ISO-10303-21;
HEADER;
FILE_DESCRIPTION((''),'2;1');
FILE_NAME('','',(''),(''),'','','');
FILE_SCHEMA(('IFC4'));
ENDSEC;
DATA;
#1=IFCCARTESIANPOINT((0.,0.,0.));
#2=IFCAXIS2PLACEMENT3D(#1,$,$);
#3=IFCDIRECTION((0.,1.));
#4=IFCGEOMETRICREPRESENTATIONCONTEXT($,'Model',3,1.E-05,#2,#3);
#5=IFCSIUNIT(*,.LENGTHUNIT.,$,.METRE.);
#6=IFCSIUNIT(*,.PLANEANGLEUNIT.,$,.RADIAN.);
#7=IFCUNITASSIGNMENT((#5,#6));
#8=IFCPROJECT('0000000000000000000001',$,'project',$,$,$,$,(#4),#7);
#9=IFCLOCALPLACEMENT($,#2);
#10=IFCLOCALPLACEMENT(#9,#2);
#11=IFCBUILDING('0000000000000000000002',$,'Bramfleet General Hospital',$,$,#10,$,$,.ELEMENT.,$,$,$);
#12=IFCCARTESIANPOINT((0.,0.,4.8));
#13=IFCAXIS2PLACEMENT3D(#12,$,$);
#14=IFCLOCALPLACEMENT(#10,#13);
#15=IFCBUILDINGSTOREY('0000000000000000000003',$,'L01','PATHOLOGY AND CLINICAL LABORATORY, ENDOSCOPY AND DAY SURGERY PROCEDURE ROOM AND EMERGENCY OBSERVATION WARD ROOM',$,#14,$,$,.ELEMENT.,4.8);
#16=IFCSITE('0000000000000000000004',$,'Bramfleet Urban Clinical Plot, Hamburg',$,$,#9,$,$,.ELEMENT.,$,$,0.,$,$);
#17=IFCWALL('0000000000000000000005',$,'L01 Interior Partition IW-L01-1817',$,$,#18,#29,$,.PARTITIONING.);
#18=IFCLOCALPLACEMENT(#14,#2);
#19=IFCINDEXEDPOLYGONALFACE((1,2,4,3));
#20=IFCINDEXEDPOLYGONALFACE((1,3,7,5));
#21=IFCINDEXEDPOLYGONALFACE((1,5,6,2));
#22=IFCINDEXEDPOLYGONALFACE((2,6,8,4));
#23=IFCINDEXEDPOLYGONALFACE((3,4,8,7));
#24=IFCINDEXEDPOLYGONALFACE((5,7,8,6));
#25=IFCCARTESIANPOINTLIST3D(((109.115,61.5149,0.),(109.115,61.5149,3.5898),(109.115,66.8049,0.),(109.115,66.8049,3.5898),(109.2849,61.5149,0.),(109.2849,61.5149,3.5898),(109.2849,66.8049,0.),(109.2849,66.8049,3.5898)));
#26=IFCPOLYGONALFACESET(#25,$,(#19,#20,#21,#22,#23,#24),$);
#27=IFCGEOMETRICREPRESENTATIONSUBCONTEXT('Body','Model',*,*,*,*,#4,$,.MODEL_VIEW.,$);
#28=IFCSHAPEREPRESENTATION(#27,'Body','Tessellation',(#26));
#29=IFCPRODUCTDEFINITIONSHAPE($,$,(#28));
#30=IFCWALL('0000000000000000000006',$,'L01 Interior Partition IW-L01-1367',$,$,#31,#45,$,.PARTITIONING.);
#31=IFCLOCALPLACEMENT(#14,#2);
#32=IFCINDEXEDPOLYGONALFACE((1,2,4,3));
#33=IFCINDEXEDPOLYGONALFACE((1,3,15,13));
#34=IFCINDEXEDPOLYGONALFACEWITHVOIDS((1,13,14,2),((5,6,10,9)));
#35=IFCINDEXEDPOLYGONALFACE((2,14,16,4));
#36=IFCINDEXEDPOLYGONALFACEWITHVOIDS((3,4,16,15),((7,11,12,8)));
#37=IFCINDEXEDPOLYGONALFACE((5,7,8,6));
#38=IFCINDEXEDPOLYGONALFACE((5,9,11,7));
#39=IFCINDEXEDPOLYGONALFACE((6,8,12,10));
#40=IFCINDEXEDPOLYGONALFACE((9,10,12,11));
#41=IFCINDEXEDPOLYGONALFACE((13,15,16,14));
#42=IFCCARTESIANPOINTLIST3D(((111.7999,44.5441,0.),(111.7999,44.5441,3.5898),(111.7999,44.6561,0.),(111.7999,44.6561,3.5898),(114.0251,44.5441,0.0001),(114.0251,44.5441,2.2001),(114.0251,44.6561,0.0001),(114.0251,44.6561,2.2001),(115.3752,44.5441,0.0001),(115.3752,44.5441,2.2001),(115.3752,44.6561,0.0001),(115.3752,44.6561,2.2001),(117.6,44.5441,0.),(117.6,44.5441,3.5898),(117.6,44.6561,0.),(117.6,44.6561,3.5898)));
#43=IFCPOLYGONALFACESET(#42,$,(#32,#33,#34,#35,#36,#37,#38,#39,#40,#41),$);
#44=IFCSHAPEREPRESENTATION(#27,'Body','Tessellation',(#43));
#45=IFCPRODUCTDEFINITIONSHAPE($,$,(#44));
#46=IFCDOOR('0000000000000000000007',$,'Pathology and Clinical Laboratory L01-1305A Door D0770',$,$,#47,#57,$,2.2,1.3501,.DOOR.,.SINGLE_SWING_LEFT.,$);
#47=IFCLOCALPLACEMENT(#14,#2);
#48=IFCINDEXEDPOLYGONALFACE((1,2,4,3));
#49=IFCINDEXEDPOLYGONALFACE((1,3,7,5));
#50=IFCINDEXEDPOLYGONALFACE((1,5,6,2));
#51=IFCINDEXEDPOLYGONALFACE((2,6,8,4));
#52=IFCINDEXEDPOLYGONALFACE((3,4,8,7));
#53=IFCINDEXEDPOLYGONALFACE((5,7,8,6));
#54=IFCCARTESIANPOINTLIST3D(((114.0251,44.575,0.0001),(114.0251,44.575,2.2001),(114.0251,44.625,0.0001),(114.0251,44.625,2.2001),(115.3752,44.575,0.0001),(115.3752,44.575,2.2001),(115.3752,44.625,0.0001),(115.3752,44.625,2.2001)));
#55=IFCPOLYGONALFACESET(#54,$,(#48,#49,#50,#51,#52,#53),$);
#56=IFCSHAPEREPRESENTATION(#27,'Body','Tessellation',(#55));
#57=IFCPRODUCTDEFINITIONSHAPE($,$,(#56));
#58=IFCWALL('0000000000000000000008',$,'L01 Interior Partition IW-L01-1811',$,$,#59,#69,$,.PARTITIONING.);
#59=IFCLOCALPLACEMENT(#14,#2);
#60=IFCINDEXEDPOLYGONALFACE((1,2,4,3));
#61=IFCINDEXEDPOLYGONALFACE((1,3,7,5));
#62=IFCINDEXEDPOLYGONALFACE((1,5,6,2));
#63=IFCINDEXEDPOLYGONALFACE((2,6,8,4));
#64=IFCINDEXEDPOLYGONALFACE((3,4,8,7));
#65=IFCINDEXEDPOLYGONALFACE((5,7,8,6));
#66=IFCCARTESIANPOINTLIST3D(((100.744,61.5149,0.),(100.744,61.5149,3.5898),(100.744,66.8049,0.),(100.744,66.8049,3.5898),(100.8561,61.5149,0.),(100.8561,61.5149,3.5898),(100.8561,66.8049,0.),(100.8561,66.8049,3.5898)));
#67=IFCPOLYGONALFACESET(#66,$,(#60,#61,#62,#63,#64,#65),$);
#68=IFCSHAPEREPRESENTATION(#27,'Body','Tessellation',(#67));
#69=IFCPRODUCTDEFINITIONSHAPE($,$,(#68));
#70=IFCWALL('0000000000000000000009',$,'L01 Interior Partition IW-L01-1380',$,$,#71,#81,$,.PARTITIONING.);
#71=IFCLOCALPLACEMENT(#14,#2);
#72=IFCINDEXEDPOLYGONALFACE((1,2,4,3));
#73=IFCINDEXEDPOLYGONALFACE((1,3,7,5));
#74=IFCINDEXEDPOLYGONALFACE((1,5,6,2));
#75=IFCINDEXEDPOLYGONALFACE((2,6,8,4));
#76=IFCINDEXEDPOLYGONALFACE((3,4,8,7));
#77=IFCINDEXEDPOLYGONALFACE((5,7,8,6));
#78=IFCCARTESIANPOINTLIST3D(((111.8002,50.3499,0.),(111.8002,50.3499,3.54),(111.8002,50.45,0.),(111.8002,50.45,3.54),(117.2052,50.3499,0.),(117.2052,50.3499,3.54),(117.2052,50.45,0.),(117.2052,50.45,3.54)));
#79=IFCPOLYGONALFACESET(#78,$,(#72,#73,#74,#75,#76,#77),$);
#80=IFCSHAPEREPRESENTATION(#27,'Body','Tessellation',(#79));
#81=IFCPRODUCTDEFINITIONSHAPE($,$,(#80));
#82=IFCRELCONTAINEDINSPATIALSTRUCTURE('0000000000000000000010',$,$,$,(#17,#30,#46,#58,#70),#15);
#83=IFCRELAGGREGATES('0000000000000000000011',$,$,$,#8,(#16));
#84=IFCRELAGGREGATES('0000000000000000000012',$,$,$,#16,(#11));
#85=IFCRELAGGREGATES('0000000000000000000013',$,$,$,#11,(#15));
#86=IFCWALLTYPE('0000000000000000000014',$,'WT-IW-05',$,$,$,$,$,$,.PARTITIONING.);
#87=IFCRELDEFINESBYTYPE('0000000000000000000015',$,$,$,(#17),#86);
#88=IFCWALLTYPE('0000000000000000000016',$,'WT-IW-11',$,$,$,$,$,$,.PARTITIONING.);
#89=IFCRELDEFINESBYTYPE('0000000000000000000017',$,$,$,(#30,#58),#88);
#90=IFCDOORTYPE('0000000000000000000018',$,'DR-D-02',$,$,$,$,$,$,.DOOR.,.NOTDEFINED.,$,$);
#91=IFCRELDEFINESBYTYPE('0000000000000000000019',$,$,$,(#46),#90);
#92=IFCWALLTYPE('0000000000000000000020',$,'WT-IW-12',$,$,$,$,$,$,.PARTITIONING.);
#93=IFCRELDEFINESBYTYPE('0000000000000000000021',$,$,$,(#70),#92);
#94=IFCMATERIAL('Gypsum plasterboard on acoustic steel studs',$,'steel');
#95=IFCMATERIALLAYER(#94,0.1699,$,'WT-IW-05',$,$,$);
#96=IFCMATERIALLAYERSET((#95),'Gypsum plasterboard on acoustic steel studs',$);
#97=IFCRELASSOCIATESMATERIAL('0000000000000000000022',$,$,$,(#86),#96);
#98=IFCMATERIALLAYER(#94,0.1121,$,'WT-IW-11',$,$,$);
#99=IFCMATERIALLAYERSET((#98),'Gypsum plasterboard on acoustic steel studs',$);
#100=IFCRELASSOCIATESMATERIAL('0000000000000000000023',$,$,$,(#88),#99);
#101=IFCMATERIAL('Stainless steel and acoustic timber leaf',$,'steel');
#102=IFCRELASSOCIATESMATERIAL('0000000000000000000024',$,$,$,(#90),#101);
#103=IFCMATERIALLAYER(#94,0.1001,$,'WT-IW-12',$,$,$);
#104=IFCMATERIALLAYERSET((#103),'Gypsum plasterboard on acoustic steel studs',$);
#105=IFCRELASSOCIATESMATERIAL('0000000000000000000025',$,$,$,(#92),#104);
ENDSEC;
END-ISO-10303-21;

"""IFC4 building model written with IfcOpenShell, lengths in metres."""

from ifc_helpers import new_model, si_unit, direction, frame, frame_2d, origin, place, context, subcontext, project, spatial, rectangle, extrude, material, layer, layer_set, type_object, element, fill, save


model = new_model("IFC4")

# Units and contexts
model_context = context("Model", 3, precision=1e-05, world=origin(), true_north=direction((0.0, 1.0)))
body_context = subcontext(model_context, "Body", "Model", "MODEL_VIEW")
ifc_project = project(units=[si_unit("LENGTHUNIT", "METRE"), si_unit("PLANEANGLEUNIT", "RADIAN")], contexts=[model_context])

# Site, building, storey
site_placement = place(None, origin())
site = spatial("IfcSite", under=ifc_project, at=site_placement, Name="Bramfleet Urban Clinical Plot, Hamburg", CompositionType="ELEMENT", RefElevation=0.0)
building_placement = place(site_placement, origin())
building = spatial("IfcBuilding", under=site, at=building_placement, Name="Bramfleet General Hospital", CompositionType="ELEMENT")
storey_placement = place(building_placement, frame((0.0, 0.0, 4.8)))
storey = spatial("IfcBuildingStorey", under=building, at=storey_placement, Name="L01", Description="PATHOLOGY AND CLINICAL LABORATORY, ENDOSCOPY AND DAY SURGERY PROCEDURE ROOM AND EMERGENCY OBSERVATION WARD ROOM", CompositionType="ELEMENT", Elevation=4.8)

# Shared definitions
ifc_material_1 = material(Name="Stainless steel and acoustic timber leaf", Category="steel")

# Wall
ifc_material_2 = material(Name="Gypsum plasterboard on acoustic steel studs", Category="steel")
ifc_layer_1 = layer(ifc_material_2, 0.1699, Name="WT-IW-05")
ifc_layer_set_1 = layer_set([ifc_layer_1], Name="Gypsum plasterboard on acoustic steel studs")
wall_type_1 = type_object("IfcWallType", Name="WT-IW-05", PredefinedType="PARTITIONING", material=ifc_layer_set_1)
wall_1_placement = place(storey_placement, frame((109.2, 61.5149, 0.0), z_axis=(0.0, 0.0, 1.0), x_axis=(0.0, 1.0, 0.0)))
element("IfcWall", 1, at=wall_1_placement, inside=storey, type_object=wall_type_1, Name="L01 Interior Partition IW-L01-1817", PredefinedType="PARTITIONING", context=body_context, shape_type="SweptSolid", body=[
    extrude(rectangle(XDim=5.29, YDim=0.1699, at=frame_2d((2.645, 0.0))), origin(), (0.0, 0.0, 1.0), 3.5898),
])

# Wall, opening, door
ifc_layer_2 = layer(ifc_material_2, 0.1121, Name="WT-IW-11")
ifc_layer_set_2 = layer_set([ifc_layer_2], Name="Gypsum plasterboard on acoustic steel studs")
wall_type_2 = type_object("IfcWallType", Name="WT-IW-11", PredefinedType="PARTITIONING", material=ifc_layer_set_2)
wall_2_placement = place(storey_placement, frame((111.8, 44.6001, 0.0), z_axis=(0.0, 0.0, 1.0), x_axis=(1.0, 0.0, 0.0)))
wall_2 = element("IfcWall", 2, at=wall_2_placement, inside=storey, type_object=wall_type_2, Name="L01 Interior Partition IW-L01-1367", PredefinedType="PARTITIONING", context=body_context, shape_type="SweptSolid", body=[
    extrude(rectangle(XDim=5.8, YDim=0.1121, at=frame_2d((2.8999, 0.0))), origin(), (0.0, 0.0, 1.0), 3.5898),
])
opening_1_placement = place(wall_2_placement, frame((2.2251, 0.0, 0.0)))
opening_1 = element("IfcOpeningElement", 3, at=opening_1_placement, cuts=wall_2, PredefinedType="OPENING", context=body_context, shape_type="SweptSolid", body=[
    extrude(rectangle(XDim=1.3501, YDim=2.2, at=frame_2d((0.675, 1.1001))), frame((0.0, 0.0659, 0.0), z_axis=(0.0, -1.0, 0.0), x_axis=(1.0, 0.0, 0.0)), (0.0, 0.0, 1.0), 0.1321),
])
door_type_1 = type_object("IfcDoorType", Name="DR-D-02", OperationType="NOTDEFINED", PredefinedType="DOOR", material=ifc_material_1)
door_1_placement = place(opening_1_placement, origin())
door_1 = element("IfcDoor", 4, at=door_1_placement, inside=storey, type_object=door_type_1, Name="Pathology and Clinical Laboratory L01-1305A Door D0770", OperationType="SINGLE_SWING_LEFT", OverallHeight=2.2, OverallWidth=1.3501, PredefinedType="DOOR", context=body_context, shape_type="SweptSolid", body=[
    extrude(rectangle(XDim=1.3501, YDim=2.2, at=frame_2d((0.675, 1.1001))), frame((0.0, 0.0249, 0.0), z_axis=(0.0, -1.0, 0.0), x_axis=(1.0, 0.0, 0.0)), (0.0, 0.0, 1.0), 0.05),
])
fill(opening_1, door_1)

# Walls
wall_3_placement = place(storey_placement, frame((100.8, 61.5149, 0.0), z_axis=(0.0, 0.0, 1.0), x_axis=(0.0, 1.0, 0.0)))
element("IfcWall", 5, at=wall_3_placement, inside=storey, type_object=wall_type_2, Name="L01 Interior Partition IW-L01-1811", PredefinedType="PARTITIONING", context=body_context, shape_type="SweptSolid", body=[
    extrude(rectangle(XDim=5.29, YDim=0.1121, at=frame_2d((2.645, 0.0))), origin(), (0.0, 0.0, 1.0), 3.5898),
])
ifc_layer_3 = layer(ifc_material_2, 0.1001, Name="WT-IW-12")
ifc_layer_set_3 = layer_set([ifc_layer_3], Name="Gypsum plasterboard on acoustic steel studs")
wall_type_3 = type_object("IfcWallType", Name="WT-IW-12", PredefinedType="PARTITIONING", material=ifc_layer_set_3)
wall_4_placement = place(storey_placement, frame((111.8, 50.3999, 0.0), z_axis=(0.0, 0.0, 1.0), x_axis=(1.0, 0.0, 0.0)))
element("IfcWall", 6, at=wall_4_placement, inside=storey, type_object=wall_type_3, Name="L01 Interior Partition IW-L01-1380", PredefinedType="PARTITIONING", context=body_context, shape_type="SweptSolid", body=[
    extrude(rectangle(XDim=5.405, YDim=0.1001, at=frame_2d((2.7026, 0.0))), origin(), (0.0, 0.0, 1.0), 3.54),
])

save(model, "model.ifc")
